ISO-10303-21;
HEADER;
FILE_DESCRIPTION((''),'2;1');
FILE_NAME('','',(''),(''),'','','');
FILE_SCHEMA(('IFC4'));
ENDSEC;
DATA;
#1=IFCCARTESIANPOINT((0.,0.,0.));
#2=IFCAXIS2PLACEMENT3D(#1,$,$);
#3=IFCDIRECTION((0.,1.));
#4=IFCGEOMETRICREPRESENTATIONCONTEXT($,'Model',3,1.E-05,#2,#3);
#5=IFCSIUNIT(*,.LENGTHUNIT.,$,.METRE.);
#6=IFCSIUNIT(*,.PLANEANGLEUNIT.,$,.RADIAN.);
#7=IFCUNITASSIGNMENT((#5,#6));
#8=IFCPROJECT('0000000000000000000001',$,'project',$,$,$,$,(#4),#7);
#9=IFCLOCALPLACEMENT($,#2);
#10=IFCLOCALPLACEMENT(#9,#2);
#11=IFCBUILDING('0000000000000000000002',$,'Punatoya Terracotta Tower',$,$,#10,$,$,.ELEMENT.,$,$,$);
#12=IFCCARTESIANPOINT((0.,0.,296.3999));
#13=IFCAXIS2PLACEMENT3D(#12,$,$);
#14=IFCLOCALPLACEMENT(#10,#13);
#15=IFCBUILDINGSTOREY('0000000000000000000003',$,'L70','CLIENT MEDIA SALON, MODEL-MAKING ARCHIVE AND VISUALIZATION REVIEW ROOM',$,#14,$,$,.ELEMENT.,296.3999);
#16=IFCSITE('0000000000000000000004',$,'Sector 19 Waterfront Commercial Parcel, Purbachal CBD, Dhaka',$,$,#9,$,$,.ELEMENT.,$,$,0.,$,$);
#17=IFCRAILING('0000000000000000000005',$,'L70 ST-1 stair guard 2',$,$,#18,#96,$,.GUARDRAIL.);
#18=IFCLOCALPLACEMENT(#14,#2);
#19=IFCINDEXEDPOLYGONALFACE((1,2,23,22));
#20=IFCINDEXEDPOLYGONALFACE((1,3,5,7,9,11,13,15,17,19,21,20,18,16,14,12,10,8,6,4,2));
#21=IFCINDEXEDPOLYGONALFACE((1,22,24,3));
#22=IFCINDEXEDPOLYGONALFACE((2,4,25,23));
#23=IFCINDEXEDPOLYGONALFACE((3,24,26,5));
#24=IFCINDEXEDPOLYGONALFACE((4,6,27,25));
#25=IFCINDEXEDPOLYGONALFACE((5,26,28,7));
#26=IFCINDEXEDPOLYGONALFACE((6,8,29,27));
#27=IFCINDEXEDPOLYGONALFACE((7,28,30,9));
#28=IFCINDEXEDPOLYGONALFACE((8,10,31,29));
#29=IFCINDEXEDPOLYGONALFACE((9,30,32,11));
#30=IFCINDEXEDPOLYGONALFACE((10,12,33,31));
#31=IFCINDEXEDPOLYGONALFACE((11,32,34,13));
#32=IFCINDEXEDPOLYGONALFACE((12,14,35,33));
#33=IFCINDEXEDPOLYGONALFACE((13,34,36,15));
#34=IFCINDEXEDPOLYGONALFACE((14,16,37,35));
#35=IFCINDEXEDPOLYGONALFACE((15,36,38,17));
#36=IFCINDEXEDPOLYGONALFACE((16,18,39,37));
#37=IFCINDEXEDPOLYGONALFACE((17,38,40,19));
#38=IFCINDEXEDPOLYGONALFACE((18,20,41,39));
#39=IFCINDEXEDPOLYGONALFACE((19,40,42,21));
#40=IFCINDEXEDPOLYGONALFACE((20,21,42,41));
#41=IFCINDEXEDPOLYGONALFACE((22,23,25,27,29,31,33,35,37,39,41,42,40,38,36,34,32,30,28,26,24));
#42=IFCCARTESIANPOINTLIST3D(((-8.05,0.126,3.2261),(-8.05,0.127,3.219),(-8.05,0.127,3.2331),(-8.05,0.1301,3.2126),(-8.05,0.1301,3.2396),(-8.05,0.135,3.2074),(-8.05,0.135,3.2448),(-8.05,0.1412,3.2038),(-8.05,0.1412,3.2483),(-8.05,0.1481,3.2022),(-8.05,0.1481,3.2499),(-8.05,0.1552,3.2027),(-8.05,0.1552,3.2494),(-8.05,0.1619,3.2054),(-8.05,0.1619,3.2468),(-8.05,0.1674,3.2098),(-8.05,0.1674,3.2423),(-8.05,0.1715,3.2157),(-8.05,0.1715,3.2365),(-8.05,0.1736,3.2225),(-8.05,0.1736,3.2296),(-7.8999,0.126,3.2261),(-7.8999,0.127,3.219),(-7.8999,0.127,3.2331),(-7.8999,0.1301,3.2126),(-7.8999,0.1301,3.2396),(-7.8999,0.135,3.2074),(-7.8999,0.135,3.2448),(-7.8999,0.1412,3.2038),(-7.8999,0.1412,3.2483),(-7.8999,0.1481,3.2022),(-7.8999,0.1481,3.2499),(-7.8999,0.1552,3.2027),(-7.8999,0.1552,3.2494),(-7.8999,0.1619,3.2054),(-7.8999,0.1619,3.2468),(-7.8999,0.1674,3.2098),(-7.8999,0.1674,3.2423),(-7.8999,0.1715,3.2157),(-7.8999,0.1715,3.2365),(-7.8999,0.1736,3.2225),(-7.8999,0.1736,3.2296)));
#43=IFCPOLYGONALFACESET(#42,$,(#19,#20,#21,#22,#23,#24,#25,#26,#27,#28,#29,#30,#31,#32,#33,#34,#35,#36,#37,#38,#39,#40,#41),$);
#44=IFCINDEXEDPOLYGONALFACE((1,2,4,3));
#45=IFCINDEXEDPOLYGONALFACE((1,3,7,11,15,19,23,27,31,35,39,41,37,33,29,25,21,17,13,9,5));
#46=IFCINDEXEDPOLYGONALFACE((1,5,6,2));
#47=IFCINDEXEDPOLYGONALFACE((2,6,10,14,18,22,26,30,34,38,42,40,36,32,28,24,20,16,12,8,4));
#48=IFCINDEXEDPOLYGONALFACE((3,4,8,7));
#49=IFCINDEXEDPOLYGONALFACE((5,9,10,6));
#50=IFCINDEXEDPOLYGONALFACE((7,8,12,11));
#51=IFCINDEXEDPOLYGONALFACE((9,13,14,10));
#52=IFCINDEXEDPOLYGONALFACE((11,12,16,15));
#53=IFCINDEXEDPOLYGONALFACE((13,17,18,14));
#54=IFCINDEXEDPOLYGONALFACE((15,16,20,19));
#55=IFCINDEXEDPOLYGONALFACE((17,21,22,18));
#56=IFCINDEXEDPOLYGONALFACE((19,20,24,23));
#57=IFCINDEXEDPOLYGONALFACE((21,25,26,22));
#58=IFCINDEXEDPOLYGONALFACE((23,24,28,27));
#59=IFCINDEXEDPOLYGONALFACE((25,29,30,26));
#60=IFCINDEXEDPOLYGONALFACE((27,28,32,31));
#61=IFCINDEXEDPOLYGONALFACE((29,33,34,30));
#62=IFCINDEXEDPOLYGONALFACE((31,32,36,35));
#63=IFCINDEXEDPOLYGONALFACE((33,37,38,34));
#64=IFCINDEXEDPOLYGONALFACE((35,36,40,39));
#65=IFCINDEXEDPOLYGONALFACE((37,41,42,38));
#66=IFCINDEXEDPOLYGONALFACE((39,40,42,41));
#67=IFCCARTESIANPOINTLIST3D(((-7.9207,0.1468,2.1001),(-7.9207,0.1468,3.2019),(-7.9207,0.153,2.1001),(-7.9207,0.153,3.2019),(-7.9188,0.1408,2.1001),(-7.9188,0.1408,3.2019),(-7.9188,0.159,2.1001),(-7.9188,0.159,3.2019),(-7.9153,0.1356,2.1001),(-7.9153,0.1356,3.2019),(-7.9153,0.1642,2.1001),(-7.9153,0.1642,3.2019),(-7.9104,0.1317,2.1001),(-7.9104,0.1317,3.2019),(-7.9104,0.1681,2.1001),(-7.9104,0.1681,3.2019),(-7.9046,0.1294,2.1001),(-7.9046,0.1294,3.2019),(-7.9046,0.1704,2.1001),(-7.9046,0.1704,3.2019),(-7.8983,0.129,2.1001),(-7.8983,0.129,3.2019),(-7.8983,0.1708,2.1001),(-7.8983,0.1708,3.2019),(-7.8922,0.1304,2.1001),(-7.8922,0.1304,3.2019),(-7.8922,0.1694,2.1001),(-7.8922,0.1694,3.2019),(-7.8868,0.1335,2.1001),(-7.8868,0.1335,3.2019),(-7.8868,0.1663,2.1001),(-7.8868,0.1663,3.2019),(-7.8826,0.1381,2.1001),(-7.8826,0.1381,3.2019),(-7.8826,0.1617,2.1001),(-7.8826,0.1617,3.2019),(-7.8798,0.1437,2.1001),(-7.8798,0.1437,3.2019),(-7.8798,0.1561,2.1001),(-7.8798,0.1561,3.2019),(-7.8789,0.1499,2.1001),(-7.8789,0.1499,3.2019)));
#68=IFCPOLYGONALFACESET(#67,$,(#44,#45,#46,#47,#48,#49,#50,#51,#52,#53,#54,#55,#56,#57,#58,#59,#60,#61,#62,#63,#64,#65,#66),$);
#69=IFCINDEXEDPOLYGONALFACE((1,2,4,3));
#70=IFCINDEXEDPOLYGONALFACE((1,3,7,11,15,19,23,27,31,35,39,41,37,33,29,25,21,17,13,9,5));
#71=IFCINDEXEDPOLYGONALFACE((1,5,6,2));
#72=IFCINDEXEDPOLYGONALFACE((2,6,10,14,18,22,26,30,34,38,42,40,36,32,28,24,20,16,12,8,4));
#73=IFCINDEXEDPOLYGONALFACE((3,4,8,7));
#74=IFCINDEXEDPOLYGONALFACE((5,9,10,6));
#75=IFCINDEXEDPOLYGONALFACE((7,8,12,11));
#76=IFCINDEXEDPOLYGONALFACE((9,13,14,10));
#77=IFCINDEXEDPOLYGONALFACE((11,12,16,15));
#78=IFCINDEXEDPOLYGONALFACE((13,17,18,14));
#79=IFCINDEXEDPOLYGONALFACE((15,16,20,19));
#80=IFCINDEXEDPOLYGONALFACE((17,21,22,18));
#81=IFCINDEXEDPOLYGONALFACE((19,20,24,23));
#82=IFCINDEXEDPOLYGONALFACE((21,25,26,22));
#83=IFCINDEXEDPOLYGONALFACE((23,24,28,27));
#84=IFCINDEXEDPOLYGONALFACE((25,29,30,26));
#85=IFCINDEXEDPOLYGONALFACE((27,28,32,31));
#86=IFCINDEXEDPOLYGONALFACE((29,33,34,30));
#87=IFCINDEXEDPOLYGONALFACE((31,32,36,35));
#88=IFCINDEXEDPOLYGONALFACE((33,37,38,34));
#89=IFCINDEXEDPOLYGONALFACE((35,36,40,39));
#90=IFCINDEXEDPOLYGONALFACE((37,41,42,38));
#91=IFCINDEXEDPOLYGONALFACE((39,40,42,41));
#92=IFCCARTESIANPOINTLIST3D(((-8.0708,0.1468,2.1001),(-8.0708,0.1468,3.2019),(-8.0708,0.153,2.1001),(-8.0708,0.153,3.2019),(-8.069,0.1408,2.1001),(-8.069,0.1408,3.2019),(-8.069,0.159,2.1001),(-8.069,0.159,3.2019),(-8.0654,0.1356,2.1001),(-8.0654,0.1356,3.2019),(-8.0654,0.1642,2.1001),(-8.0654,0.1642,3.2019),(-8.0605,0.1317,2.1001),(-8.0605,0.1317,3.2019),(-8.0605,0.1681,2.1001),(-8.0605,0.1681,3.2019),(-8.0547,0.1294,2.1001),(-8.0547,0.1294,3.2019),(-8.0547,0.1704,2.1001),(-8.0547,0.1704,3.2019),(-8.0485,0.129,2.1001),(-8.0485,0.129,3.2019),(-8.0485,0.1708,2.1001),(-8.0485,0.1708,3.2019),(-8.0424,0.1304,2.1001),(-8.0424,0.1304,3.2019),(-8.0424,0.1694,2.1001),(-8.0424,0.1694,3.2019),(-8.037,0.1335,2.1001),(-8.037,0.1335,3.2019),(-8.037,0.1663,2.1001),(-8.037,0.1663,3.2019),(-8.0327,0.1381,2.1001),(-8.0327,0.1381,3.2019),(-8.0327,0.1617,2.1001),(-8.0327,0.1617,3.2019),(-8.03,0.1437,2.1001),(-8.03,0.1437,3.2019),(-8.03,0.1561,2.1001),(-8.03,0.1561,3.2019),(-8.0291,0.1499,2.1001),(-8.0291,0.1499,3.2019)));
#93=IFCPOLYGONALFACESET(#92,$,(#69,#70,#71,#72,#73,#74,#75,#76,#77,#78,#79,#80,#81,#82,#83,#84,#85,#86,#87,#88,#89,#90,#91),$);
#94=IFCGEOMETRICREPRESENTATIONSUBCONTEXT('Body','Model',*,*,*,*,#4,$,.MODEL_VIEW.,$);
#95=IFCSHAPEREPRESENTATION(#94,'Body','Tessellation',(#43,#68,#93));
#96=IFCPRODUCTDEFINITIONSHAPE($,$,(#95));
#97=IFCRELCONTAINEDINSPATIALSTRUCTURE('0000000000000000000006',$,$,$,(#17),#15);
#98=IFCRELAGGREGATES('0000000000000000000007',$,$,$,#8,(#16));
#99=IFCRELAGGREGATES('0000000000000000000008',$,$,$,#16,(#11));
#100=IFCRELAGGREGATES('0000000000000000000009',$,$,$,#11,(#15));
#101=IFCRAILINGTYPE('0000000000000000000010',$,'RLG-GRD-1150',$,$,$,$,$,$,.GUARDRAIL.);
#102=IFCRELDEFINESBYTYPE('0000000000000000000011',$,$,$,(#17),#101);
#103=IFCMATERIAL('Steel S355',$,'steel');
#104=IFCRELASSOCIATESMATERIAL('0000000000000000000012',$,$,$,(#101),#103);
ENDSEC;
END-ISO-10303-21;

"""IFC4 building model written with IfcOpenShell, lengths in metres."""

from ifc_helpers import new_model, si_unit, direction, frame, origin, origin_2d, place, context, subcontext, project, spatial, circle, extrude, material, type_object, element, save


model = new_model("IFC4")

# Units and contexts
model_context = context("Model", 3, precision=1e-05, world=origin(), true_north=direction((0.0, 1.0)))
body_context = subcontext(model_context, "Body", "Model", "MODEL_VIEW")
ifc_project = project(units=[si_unit("LENGTHUNIT", "METRE"), si_unit("PLANEANGLEUNIT", "RADIAN")], contexts=[model_context])

# Site, building, storey
site_placement = place(None, origin())
site = spatial("IfcSite", under=ifc_project, at=site_placement, Name="Sector 19 Waterfront Commercial Parcel, Purbachal CBD, Dhaka", CompositionType="ELEMENT", RefElevation=0.0)
building_placement = place(site_placement, origin())
building = spatial("IfcBuilding", under=site, at=building_placement, Name="Punatoya Terracotta Tower", CompositionType="ELEMENT")
storey_placement = place(building_placement, frame((0.0, 0.0, 296.3999)))
storey = spatial("IfcBuildingStorey", under=building, at=storey_placement, Name="L70", Description="CLIENT MEDIA SALON, MODEL-MAKING ARCHIVE AND VISUALIZATION REVIEW ROOM", CompositionType="ELEMENT", Elevation=296.3999)

# Shared definitions
ifc_material_1 = material(Name="Steel S355", Category="steel")

# Railing
railing_type_1 = type_object("IfcRailingType", Name="RLG-GRD-1150", PredefinedType="GUARDRAIL", material=ifc_material_1)
railing_1_placement = place(storey_placement, frame((-7.8999, 0.1499, 2.1001)))
element("IfcRailing", 1, at=railing_1_placement, inside=storey, type_object=railing_type_1, Name="L70 ST-1 stair guard 2", PredefinedType="GUARDRAIL", context=body_context, shape_type="SweptSolid", body=[
    extrude(circle(Radius=0.0239, at=origin_2d()), frame((0.0, 0.0, 1.126), z_axis=(-1.0, 0.0, 0.0), x_axis=(0.0, -1.0, 0.0)), (0.0, 0.0, 1.0), 0.1501),
    extrude(circle(Radius=0.021, at=origin_2d()), origin(), (0.0, 0.0, 1.0), 1.1018),
    extrude(circle(Radius=0.021, at=origin_2d()), frame((-0.1501, 0.0, 0.0)), (0.0, 0.0, 1.0), 1.1018),
])

save(model, "model.ifc")
